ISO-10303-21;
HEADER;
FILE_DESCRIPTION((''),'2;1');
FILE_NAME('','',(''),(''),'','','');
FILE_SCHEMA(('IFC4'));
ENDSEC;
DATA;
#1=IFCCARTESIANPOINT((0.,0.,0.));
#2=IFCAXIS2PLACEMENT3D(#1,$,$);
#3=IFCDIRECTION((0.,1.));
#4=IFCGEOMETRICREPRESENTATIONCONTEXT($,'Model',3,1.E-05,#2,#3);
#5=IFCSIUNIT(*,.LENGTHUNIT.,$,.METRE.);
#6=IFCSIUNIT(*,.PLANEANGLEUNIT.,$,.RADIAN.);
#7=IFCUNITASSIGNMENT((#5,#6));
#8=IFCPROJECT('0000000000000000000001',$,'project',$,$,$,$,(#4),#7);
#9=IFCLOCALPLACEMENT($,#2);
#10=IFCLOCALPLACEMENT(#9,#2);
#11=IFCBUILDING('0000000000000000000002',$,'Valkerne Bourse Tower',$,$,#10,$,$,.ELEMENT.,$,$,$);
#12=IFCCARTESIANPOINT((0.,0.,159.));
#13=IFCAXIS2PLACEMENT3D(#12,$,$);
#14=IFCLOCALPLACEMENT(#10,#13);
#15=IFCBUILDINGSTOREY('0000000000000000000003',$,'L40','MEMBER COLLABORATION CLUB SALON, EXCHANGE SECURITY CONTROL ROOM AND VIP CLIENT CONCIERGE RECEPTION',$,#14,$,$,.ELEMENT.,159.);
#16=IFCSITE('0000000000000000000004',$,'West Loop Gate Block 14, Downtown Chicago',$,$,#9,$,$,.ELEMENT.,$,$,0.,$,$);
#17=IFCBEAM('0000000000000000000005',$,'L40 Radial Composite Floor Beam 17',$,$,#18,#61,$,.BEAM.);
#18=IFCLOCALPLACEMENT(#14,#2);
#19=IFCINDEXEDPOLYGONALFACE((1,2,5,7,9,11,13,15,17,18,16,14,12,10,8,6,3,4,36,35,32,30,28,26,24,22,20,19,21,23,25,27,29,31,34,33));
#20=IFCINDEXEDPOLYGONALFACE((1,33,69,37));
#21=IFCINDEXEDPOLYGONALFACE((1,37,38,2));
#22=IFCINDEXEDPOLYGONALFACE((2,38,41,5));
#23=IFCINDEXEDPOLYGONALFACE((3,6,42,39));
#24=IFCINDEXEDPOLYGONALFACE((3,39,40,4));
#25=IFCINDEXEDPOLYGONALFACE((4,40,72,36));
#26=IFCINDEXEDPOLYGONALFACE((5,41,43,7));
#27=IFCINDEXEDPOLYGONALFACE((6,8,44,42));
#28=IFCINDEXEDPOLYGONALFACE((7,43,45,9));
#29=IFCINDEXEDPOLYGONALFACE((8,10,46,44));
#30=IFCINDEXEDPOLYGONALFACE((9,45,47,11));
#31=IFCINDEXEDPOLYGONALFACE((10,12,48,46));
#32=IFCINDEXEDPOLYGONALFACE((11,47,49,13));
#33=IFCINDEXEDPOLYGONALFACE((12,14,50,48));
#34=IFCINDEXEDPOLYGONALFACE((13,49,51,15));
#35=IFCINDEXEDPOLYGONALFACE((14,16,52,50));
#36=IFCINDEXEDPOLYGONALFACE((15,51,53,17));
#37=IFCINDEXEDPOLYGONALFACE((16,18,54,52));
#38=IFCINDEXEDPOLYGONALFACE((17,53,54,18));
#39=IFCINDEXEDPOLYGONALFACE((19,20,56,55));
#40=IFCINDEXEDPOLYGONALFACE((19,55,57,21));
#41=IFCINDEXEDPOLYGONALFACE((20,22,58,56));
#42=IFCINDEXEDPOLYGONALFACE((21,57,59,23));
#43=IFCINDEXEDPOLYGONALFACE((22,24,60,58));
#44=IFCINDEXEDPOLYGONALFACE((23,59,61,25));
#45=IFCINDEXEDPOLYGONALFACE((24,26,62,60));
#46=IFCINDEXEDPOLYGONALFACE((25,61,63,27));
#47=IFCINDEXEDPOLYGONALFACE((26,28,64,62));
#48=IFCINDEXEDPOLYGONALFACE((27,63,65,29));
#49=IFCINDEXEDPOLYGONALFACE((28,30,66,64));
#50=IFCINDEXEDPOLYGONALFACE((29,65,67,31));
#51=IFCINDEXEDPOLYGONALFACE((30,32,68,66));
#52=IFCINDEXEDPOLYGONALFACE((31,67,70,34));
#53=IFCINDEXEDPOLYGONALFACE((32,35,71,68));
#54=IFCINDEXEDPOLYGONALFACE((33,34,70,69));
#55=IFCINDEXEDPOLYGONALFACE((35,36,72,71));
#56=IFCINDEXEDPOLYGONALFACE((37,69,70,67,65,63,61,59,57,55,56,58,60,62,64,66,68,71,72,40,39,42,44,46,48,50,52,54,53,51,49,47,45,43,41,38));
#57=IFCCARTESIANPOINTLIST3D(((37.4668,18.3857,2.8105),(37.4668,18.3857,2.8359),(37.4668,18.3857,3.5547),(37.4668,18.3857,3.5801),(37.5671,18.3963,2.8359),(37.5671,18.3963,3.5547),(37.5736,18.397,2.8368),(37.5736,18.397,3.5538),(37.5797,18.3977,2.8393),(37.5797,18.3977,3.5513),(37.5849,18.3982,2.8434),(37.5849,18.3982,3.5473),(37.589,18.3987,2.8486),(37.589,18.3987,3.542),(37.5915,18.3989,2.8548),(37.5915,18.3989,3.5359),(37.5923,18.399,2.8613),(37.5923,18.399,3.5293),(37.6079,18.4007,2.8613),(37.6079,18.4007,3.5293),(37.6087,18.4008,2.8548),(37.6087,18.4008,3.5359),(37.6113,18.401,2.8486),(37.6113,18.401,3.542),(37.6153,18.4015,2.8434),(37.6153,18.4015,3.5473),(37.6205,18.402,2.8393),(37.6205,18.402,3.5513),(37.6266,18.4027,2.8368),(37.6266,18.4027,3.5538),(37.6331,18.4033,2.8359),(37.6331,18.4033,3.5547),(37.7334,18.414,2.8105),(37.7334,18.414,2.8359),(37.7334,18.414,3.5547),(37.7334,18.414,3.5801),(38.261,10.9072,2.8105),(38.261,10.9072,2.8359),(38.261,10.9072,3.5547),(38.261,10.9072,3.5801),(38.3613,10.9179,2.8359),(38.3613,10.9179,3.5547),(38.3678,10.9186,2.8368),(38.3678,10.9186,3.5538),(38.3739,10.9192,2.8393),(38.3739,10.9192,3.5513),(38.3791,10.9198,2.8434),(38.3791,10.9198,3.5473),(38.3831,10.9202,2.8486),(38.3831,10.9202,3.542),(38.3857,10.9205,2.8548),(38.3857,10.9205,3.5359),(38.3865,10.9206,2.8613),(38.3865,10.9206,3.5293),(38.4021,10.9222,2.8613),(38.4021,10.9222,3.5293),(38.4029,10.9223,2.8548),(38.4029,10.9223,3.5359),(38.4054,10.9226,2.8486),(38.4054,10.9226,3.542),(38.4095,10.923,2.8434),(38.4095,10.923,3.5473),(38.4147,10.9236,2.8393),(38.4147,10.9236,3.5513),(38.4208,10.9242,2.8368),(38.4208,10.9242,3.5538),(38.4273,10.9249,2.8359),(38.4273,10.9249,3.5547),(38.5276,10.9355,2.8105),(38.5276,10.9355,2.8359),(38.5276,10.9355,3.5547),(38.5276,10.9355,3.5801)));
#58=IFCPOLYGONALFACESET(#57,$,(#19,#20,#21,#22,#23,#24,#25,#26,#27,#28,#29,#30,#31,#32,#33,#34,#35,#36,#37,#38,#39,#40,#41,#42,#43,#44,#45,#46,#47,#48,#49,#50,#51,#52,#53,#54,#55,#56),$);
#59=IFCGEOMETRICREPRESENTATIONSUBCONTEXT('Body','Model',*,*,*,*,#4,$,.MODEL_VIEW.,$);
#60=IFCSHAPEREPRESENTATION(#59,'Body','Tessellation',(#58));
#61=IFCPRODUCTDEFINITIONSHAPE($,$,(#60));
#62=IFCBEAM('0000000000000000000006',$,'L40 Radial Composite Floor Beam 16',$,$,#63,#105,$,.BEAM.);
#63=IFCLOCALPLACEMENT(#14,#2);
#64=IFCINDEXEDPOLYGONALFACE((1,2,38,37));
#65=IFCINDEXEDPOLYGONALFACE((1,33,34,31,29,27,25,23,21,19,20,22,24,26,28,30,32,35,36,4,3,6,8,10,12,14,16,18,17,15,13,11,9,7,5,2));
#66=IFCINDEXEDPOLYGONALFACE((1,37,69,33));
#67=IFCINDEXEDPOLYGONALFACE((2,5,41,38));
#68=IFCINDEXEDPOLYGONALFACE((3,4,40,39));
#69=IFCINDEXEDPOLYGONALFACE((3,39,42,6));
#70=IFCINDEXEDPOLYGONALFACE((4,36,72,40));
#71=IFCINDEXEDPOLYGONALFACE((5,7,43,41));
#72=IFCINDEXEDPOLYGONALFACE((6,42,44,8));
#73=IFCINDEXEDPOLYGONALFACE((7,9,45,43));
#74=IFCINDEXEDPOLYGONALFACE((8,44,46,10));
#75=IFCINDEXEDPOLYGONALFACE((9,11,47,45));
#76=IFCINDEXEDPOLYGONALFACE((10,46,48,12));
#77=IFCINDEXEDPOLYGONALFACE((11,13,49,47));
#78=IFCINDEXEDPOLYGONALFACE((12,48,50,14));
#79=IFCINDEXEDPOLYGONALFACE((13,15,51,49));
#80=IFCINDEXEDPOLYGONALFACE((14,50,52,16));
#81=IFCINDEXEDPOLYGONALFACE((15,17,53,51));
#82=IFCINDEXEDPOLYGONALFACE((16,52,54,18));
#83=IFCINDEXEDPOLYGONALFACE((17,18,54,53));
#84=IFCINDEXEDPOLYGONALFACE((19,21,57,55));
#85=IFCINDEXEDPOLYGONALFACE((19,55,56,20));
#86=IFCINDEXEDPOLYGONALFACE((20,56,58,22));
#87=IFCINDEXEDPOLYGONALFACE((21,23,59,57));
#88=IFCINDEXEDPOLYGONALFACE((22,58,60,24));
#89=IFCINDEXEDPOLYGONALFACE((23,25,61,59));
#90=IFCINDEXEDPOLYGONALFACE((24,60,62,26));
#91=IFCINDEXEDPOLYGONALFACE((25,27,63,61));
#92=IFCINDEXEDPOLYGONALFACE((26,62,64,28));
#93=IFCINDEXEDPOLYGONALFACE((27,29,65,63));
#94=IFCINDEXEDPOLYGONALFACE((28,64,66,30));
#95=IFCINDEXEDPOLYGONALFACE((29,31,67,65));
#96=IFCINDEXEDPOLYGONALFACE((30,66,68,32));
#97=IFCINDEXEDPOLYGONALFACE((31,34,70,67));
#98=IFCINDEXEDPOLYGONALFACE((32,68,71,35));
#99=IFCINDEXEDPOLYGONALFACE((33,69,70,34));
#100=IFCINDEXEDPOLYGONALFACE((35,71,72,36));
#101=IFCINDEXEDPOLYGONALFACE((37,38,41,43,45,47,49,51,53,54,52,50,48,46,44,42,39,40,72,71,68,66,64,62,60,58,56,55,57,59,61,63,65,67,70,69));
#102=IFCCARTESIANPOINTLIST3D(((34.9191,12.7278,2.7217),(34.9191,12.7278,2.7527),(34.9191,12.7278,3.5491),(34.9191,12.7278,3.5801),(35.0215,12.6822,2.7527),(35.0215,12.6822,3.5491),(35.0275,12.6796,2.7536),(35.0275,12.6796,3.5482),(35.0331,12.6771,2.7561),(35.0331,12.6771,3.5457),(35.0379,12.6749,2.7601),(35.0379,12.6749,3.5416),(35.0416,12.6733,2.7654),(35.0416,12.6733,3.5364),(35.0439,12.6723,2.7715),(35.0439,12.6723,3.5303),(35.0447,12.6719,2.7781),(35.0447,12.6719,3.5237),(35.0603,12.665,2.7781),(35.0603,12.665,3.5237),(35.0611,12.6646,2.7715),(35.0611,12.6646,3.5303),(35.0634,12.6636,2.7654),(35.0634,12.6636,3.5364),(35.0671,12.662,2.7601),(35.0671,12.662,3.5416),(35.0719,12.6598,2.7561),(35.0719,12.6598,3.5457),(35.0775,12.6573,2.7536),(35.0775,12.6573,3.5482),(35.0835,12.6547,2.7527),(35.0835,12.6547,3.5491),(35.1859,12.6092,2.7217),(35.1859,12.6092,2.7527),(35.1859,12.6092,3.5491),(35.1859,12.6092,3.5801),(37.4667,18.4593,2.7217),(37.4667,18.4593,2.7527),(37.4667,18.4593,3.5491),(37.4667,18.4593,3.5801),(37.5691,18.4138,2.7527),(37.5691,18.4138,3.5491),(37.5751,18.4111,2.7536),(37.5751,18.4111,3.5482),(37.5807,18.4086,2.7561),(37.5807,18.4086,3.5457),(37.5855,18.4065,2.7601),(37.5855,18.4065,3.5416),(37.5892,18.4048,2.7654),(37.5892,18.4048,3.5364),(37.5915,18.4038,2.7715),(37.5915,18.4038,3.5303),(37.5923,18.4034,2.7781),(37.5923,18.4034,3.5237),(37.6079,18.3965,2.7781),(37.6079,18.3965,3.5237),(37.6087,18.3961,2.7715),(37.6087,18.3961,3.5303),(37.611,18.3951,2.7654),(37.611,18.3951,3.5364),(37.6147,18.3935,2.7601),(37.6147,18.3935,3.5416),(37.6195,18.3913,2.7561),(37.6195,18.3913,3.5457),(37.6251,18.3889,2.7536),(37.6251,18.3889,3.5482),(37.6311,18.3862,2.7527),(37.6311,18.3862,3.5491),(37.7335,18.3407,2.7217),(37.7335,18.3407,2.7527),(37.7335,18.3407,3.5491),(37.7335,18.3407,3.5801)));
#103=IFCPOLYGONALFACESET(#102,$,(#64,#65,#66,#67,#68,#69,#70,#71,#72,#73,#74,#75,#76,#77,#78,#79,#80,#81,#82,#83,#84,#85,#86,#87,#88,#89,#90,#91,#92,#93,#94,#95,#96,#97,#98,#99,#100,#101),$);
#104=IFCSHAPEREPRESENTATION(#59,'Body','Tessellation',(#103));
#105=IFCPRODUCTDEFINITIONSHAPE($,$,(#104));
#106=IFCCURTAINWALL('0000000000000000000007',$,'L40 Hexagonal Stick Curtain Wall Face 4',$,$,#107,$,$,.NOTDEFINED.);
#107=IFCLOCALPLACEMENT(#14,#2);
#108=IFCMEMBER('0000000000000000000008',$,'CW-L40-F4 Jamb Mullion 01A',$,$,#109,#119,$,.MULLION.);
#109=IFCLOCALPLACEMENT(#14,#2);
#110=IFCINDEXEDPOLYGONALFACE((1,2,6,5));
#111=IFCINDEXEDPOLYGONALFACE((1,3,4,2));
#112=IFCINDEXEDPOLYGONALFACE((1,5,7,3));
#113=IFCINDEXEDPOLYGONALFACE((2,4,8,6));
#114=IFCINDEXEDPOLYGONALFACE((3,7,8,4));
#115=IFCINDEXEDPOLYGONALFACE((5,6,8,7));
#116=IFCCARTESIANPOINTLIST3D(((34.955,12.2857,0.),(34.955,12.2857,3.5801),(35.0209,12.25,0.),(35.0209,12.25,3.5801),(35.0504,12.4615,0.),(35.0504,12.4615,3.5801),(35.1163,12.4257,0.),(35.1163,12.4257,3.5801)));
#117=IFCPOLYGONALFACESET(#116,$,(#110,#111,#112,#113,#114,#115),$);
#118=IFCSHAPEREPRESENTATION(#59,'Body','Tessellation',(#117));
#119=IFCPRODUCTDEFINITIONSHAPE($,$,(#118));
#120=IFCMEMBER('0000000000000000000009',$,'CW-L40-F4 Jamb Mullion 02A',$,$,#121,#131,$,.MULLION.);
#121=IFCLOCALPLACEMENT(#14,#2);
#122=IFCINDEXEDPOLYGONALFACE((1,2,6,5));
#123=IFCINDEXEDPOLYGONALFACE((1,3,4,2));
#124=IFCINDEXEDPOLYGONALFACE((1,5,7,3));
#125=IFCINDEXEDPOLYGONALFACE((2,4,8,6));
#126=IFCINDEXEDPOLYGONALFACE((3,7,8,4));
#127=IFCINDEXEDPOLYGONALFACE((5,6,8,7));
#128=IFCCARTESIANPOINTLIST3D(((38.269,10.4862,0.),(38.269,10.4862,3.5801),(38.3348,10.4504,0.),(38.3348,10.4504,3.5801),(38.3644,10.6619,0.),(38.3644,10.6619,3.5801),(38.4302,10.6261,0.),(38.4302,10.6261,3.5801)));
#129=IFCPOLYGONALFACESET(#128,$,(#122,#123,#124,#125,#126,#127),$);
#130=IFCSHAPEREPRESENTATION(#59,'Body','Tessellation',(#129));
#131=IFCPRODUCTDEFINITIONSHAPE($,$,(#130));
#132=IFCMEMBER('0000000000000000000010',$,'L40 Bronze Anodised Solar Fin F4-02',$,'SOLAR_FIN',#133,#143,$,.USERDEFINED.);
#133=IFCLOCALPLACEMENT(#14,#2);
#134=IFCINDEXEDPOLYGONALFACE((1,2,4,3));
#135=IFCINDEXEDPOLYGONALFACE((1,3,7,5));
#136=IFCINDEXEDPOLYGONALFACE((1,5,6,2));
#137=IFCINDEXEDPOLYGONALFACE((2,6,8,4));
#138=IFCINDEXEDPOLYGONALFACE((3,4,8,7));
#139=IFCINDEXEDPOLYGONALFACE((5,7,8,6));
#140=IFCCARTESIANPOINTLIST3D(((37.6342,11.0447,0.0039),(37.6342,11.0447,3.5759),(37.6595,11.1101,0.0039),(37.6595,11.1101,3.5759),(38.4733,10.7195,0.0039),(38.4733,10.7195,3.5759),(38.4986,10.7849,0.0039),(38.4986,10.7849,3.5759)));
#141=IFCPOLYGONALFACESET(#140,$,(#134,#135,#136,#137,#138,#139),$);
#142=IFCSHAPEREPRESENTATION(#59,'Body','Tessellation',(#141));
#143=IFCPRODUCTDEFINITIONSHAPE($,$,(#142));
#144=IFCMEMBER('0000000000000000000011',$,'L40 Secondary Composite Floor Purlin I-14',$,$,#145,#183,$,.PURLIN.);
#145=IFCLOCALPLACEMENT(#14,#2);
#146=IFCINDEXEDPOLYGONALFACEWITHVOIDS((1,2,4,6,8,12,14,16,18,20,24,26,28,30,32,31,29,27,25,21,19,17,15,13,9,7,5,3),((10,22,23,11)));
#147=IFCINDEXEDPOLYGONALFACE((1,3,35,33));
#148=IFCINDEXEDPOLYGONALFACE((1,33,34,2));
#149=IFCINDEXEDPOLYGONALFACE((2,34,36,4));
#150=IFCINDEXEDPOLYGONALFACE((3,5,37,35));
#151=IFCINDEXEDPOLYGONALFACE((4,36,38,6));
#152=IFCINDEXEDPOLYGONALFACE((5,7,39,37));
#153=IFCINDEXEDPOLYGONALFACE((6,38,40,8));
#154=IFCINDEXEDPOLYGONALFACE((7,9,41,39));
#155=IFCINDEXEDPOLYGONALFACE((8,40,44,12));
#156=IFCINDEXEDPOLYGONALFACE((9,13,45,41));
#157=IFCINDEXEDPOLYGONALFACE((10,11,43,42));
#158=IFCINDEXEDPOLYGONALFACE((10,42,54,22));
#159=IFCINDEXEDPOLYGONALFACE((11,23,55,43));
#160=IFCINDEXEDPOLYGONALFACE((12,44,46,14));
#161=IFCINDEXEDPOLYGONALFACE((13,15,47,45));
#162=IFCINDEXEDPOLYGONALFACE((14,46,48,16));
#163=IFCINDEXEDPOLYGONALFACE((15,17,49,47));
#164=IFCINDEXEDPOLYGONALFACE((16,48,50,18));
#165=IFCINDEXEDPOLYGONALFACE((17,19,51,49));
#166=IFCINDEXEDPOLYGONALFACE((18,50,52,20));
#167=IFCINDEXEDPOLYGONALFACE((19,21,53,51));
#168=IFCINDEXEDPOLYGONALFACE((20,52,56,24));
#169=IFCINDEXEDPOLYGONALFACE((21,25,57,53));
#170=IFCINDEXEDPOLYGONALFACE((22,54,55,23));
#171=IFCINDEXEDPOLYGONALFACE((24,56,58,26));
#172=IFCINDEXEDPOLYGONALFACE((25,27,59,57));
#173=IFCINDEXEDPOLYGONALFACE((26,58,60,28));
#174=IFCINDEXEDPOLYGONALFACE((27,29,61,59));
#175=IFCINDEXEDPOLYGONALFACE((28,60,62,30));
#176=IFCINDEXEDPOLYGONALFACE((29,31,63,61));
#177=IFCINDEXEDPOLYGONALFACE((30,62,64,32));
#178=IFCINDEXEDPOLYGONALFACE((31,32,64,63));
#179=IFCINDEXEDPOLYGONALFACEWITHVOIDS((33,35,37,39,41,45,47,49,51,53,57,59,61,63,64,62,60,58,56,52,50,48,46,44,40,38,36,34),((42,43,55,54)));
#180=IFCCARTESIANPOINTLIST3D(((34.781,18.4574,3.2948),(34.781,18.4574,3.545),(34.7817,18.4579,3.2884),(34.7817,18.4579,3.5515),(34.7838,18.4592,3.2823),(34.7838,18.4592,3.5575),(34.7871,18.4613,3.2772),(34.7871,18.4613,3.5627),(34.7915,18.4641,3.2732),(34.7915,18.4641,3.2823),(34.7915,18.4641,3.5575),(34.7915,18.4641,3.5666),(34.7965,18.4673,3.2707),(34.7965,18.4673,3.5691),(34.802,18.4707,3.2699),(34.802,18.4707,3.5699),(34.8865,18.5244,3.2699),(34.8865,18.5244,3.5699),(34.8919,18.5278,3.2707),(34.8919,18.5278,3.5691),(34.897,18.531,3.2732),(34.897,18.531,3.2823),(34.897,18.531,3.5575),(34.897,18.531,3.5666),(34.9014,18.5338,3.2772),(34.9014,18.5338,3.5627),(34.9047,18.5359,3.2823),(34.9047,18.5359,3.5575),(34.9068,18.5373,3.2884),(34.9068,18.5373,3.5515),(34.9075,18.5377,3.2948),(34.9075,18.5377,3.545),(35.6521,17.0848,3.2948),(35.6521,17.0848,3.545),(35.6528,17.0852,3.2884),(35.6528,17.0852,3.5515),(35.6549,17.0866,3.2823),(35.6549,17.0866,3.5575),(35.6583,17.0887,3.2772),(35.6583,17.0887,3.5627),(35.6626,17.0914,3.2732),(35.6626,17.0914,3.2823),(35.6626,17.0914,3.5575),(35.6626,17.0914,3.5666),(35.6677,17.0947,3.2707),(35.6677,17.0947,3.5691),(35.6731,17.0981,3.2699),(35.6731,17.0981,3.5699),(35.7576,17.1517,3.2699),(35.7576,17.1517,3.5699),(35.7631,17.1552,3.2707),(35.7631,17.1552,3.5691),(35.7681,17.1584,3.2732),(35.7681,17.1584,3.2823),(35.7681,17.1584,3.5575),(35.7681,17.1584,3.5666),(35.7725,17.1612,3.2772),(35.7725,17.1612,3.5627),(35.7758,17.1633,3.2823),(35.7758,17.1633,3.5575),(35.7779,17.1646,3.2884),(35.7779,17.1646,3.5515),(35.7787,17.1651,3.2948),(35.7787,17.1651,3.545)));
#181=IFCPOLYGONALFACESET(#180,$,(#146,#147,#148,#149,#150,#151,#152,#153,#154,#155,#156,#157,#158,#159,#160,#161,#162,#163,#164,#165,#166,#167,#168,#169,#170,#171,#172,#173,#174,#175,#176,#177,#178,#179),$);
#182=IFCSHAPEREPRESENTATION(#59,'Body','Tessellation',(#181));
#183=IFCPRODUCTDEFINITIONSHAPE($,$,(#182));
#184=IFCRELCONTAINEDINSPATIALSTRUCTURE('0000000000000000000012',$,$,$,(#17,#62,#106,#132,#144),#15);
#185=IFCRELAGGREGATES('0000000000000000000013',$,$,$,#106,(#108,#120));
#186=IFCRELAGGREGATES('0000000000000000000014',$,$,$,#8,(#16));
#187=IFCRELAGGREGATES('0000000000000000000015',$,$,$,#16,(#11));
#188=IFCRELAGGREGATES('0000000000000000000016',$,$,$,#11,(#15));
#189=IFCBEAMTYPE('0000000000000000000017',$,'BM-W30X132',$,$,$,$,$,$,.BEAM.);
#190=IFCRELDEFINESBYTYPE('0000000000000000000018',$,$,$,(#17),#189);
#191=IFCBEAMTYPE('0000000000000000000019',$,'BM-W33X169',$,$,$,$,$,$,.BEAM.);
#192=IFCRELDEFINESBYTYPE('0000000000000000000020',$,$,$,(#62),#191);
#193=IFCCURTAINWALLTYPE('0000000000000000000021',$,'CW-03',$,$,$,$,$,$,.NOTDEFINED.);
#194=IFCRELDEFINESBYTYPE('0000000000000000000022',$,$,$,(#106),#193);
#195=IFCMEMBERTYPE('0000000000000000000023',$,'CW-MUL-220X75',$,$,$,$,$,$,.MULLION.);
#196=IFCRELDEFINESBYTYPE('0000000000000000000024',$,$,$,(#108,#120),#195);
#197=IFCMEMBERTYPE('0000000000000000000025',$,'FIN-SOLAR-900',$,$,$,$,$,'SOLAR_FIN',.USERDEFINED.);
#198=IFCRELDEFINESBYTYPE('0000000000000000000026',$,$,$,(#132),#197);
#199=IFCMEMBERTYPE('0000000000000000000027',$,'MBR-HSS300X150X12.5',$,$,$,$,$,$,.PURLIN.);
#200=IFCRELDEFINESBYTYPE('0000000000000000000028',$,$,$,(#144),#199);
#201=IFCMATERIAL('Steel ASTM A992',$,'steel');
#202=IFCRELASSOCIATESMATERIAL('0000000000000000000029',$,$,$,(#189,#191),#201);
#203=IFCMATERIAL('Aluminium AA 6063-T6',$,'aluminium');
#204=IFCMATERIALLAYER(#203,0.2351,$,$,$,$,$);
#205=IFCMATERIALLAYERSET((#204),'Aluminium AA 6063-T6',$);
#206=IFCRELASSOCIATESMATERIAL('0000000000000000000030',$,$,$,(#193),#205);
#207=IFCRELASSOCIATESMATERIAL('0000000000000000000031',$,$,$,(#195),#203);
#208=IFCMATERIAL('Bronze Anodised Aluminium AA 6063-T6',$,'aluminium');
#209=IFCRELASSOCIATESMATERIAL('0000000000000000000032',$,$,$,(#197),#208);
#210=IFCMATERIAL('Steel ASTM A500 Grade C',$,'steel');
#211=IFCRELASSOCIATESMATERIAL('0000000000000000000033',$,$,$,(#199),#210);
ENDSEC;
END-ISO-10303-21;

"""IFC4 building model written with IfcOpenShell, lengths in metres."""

from ifc_helpers import new_model, si_unit, direction, frame, origin, origin_2d, place, context, subcontext, project, spatial, rectangle, hollow_rectangle, i_section, extrude, material, layer, layer_set, material_profile, profile_set, type_object, element, aggregate, save


model = new_model("IFC4")

# Units and contexts
model_context = context("Model", 3, precision=1e-05, world=origin(), true_north=direction((0.0, 1.0)))
body_context = subcontext(model_context, "Body", "Model", "MODEL_VIEW")
ifc_project = project(units=[si_unit("LENGTHUNIT", "METRE"), si_unit("PLANEANGLEUNIT", "RADIAN")], contexts=[model_context])

# Site, building, storey
site_placement = place(None, origin())
site = spatial("IfcSite", under=ifc_project, at=site_placement, Name="West Loop Gate Block 14, Downtown Chicago", CompositionType="ELEMENT", RefElevation=0.0)
building_placement = place(site_placement, origin())
building = spatial("IfcBuilding", under=site, at=building_placement, Name="Valkerne Bourse Tower", CompositionType="ELEMENT")
storey_placement = place(building_placement, frame((0.0, 0.0, 159.0)))
storey = spatial("IfcBuildingStorey", under=building, at=storey_placement, Name="L40", Description="MEMBER COLLABORATION CLUB SALON, EXCHANGE SECURITY CONTROL ROOM AND VIP CLIENT CONCIERGE RECEPTION", CompositionType="ELEMENT", Elevation=159.0)

# Beams
ifc_material_1 = material(Name="Steel ASTM A992", Category="steel")
ifc_material_profile_1 = material_profile(ifc_material_1, i_section(OverallWidth=0.2681, OverallDepth=0.7695, WebThickness=0.0156, FlangeThickness=0.0254, FilletRadius=0.0254, at=origin_2d()), Name="W30X132")
ifc_profile_set_1 = profile_set([ifc_material_profile_1], Name="Steel ASTM A992")
beam_type_1 = type_object("IfcBeamType", Name="BM-W30X132", PredefinedType="BEAM", material=ifc_profile_set_1)
beam_1_placement = place(storey_placement, frame((38.3943, 10.9214, 3.1953), z_axis=(-0.105602, 0.994408, 0.0), x_axis=(-0.994408, -0.105602, 0.0)))
element("IfcBeam", 1, at=beam_1_placement, inside=storey, type_object=beam_type_1, Name="L40 Radial Composite Floor Beam 17", PredefinedType="BEAM", context=body_context, shape_type="SweptSolid", body=[
    extrude(i_section(OverallWidth=0.2681, OverallDepth=0.7695, WebThickness=0.0156, FlangeThickness=0.0254, FilletRadius=0.0254, at=origin_2d()), origin(), (0.0, 0.0, 1.0), 7.5205),
])
ifc_material_profile_2 = material_profile(ifc_material_1, i_section(OverallWidth=0.292, OverallDepth=0.8584, WebThickness=0.0171, FlangeThickness=0.031, FilletRadius=0.0254, at=origin_2d()), Name="W33X169")
ifc_profile_set_2 = profile_set([ifc_material_profile_2], Name="Steel ASTM A992")
beam_type_2 = type_object("IfcBeamType", Name="BM-W33X169", PredefinedType="BEAM", material=ifc_profile_set_2)
beam_2_placement = place(storey_placement, frame((35.0525, 12.6685, 3.1509), z_axis=(0.406178, 0.913794, 0.0), x_axis=(-0.913794, 0.406178, 0.0)))
element("IfcBeam", 2, at=beam_2_placement, inside=storey, type_object=beam_type_2, Name="L40 Radial Composite Floor Beam 16", PredefinedType="BEAM", context=body_context, shape_type="SweptSolid", body=[
    extrude(i_section(OverallWidth=0.292, OverallDepth=0.8584, WebThickness=0.0171, FlangeThickness=0.031, FilletRadius=0.0254, at=origin_2d()), origin(), (0.0, 0.0, 1.0), 6.2722),
])

# Curtain wall, members
ifc_material_2 = material(Name="Aluminium AA 6063-T6", Category="aluminium")
ifc_layer_1 = layer(ifc_material_2, 0.2351)
ifc_layer_set_1 = layer_set([ifc_layer_1], Name="Aluminium AA 6063-T6")
curtain_wall_type = type_object("IfcCurtainWallType", Name="CW-03", PredefinedType="NOTDEFINED", material=ifc_layer_set_1)
curtain_wall_placement = place(storey_placement, origin())
curtain_wall = element("IfcCurtainWall", 3, at=curtain_wall_placement, inside=storey, type_object=curtain_wall_type, Name="L40 Hexagonal Stick Curtain Wall Face 4", PredefinedType="NOTDEFINED")
ifc_material_profile_3 = material_profile(ifc_material_2, rectangle(XDim=0.075, YDim=0.2, at=origin_2d()), Name="CWM-75X200")
ifc_profile_set_3 = profile_set([ifc_material_profile_3], Name="Aluminium AA 6063-T6")
member_type_1 = type_object("IfcMemberType", Name="CW-MUL-220X75", PredefinedType="MULLION", material=ifc_profile_set_3)
member_1_placement = place(storey_placement, frame((35.0356, 12.3557, 0.0), z_axis=(0.0, 0.0, 1.0), x_axis=(0.878812, -0.477168, 0.0)))
member_1 = element("IfcMember", 4, at=member_1_placement, type_object=member_type_1, Name="CW-L40-F4 Jamb Mullion 01A", PredefinedType="MULLION", context=body_context, shape_type="SweptSolid", body=[
    extrude(rectangle(XDim=0.075, YDim=0.2, at=origin_2d()), origin(), (0.0, 0.0, 1.0), 3.5801),
])
member_2_placement = place(storey_placement, frame((38.3496, 10.5562, 0.0), z_axis=(0.0, 0.0, 1.0), x_axis=(0.878823, -0.477147, 0.0)))
member_2 = element("IfcMember", 5, at=member_2_placement, type_object=member_type_1, Name="CW-L40-F4 Jamb Mullion 02A", PredefinedType="MULLION", context=body_context, shape_type="SweptSolid", body=[
    extrude(rectangle(XDim=0.075, YDim=0.2, at=origin_2d()), origin(), (0.0, 0.0, 1.0), 3.5801),
])

# Members
ifc_material_3 = material(Name="Bronze Anodised Aluminium AA 6063-T6", Category="aluminium")
ifc_material_profile_4 = material_profile(ifc_material_3, rectangle(XDim=0.0701, YDim=0.8999, at=origin_2d()), Name="FIN-70X900")
ifc_profile_set_4 = profile_set([ifc_material_profile_4], Name="Bronze Anodised Aluminium AA 6063-T6")
member_type_2 = type_object("IfcMemberType", Name="FIN-SOLAR-900", ElementType="SOLAR_FIN", PredefinedType="USERDEFINED", material=ifc_profile_set_4)
member_3_placement = place(storey_placement, frame((38.0664, 10.9148, 0.0039), z_axis=(0.0, 0.0, 1.0), x_axis=(-0.361366, -0.932424, 0.0)))
element("IfcMember", 6, at=member_3_placement, inside=storey, type_object=member_type_2, Name="L40 Bronze Anodised Solar Fin F4-02", ObjectType="SOLAR_FIN", PredefinedType="USERDEFINED", context=body_context, shape_type="SweptSolid", body=[
    extrude(rectangle(XDim=0.0701, YDim=0.8999, at=origin_2d()), origin(), (0.0, 0.0, 1.0), 3.572),
])
ifc_material_4 = material(Name="Steel ASTM A500 Grade C", Category="steel")
ifc_material_profile_5 = material_profile(ifc_material_4, hollow_rectangle(XDim=0.1499, YDim=0.3, WallThickness=0.0125, OuterFilletRadius=0.0249, at=origin_2d()), Name="HSS300X150X12.5")
ifc_profile_set_5 = profile_set([ifc_material_profile_5], Name="Steel ASTM A500 Grade C")
member_type_3 = type_object("IfcMemberType", Name="MBR-HSS300X150X12.5", PredefinedType="PURLIN", material=ifc_profile_set_5)
member_4_placement = place(storey_placement, frame((34.8442, 18.4976, 3.4199), z_axis=(0.535845, -0.844316, 0.0), x_axis=(0.844316, 0.535845, 0.0)))
element("IfcMember", 7, at=member_4_placement, inside=storey, type_object=member_type_3, Name="L40 Secondary Composite Floor Purlin I-14", PredefinedType="PURLIN", context=body_context, shape_type="SweptSolid", body=[
    extrude(hollow_rectangle(XDim=0.1499, YDim=0.3, WallThickness=0.0125, OuterFilletRadius=0.0249, at=origin_2d()), origin(), (0.0, 0.0, 1.0), 1.6257),
])

aggregate(curtain_wall, [member_1, member_2])

save(model, "model.ifc")
